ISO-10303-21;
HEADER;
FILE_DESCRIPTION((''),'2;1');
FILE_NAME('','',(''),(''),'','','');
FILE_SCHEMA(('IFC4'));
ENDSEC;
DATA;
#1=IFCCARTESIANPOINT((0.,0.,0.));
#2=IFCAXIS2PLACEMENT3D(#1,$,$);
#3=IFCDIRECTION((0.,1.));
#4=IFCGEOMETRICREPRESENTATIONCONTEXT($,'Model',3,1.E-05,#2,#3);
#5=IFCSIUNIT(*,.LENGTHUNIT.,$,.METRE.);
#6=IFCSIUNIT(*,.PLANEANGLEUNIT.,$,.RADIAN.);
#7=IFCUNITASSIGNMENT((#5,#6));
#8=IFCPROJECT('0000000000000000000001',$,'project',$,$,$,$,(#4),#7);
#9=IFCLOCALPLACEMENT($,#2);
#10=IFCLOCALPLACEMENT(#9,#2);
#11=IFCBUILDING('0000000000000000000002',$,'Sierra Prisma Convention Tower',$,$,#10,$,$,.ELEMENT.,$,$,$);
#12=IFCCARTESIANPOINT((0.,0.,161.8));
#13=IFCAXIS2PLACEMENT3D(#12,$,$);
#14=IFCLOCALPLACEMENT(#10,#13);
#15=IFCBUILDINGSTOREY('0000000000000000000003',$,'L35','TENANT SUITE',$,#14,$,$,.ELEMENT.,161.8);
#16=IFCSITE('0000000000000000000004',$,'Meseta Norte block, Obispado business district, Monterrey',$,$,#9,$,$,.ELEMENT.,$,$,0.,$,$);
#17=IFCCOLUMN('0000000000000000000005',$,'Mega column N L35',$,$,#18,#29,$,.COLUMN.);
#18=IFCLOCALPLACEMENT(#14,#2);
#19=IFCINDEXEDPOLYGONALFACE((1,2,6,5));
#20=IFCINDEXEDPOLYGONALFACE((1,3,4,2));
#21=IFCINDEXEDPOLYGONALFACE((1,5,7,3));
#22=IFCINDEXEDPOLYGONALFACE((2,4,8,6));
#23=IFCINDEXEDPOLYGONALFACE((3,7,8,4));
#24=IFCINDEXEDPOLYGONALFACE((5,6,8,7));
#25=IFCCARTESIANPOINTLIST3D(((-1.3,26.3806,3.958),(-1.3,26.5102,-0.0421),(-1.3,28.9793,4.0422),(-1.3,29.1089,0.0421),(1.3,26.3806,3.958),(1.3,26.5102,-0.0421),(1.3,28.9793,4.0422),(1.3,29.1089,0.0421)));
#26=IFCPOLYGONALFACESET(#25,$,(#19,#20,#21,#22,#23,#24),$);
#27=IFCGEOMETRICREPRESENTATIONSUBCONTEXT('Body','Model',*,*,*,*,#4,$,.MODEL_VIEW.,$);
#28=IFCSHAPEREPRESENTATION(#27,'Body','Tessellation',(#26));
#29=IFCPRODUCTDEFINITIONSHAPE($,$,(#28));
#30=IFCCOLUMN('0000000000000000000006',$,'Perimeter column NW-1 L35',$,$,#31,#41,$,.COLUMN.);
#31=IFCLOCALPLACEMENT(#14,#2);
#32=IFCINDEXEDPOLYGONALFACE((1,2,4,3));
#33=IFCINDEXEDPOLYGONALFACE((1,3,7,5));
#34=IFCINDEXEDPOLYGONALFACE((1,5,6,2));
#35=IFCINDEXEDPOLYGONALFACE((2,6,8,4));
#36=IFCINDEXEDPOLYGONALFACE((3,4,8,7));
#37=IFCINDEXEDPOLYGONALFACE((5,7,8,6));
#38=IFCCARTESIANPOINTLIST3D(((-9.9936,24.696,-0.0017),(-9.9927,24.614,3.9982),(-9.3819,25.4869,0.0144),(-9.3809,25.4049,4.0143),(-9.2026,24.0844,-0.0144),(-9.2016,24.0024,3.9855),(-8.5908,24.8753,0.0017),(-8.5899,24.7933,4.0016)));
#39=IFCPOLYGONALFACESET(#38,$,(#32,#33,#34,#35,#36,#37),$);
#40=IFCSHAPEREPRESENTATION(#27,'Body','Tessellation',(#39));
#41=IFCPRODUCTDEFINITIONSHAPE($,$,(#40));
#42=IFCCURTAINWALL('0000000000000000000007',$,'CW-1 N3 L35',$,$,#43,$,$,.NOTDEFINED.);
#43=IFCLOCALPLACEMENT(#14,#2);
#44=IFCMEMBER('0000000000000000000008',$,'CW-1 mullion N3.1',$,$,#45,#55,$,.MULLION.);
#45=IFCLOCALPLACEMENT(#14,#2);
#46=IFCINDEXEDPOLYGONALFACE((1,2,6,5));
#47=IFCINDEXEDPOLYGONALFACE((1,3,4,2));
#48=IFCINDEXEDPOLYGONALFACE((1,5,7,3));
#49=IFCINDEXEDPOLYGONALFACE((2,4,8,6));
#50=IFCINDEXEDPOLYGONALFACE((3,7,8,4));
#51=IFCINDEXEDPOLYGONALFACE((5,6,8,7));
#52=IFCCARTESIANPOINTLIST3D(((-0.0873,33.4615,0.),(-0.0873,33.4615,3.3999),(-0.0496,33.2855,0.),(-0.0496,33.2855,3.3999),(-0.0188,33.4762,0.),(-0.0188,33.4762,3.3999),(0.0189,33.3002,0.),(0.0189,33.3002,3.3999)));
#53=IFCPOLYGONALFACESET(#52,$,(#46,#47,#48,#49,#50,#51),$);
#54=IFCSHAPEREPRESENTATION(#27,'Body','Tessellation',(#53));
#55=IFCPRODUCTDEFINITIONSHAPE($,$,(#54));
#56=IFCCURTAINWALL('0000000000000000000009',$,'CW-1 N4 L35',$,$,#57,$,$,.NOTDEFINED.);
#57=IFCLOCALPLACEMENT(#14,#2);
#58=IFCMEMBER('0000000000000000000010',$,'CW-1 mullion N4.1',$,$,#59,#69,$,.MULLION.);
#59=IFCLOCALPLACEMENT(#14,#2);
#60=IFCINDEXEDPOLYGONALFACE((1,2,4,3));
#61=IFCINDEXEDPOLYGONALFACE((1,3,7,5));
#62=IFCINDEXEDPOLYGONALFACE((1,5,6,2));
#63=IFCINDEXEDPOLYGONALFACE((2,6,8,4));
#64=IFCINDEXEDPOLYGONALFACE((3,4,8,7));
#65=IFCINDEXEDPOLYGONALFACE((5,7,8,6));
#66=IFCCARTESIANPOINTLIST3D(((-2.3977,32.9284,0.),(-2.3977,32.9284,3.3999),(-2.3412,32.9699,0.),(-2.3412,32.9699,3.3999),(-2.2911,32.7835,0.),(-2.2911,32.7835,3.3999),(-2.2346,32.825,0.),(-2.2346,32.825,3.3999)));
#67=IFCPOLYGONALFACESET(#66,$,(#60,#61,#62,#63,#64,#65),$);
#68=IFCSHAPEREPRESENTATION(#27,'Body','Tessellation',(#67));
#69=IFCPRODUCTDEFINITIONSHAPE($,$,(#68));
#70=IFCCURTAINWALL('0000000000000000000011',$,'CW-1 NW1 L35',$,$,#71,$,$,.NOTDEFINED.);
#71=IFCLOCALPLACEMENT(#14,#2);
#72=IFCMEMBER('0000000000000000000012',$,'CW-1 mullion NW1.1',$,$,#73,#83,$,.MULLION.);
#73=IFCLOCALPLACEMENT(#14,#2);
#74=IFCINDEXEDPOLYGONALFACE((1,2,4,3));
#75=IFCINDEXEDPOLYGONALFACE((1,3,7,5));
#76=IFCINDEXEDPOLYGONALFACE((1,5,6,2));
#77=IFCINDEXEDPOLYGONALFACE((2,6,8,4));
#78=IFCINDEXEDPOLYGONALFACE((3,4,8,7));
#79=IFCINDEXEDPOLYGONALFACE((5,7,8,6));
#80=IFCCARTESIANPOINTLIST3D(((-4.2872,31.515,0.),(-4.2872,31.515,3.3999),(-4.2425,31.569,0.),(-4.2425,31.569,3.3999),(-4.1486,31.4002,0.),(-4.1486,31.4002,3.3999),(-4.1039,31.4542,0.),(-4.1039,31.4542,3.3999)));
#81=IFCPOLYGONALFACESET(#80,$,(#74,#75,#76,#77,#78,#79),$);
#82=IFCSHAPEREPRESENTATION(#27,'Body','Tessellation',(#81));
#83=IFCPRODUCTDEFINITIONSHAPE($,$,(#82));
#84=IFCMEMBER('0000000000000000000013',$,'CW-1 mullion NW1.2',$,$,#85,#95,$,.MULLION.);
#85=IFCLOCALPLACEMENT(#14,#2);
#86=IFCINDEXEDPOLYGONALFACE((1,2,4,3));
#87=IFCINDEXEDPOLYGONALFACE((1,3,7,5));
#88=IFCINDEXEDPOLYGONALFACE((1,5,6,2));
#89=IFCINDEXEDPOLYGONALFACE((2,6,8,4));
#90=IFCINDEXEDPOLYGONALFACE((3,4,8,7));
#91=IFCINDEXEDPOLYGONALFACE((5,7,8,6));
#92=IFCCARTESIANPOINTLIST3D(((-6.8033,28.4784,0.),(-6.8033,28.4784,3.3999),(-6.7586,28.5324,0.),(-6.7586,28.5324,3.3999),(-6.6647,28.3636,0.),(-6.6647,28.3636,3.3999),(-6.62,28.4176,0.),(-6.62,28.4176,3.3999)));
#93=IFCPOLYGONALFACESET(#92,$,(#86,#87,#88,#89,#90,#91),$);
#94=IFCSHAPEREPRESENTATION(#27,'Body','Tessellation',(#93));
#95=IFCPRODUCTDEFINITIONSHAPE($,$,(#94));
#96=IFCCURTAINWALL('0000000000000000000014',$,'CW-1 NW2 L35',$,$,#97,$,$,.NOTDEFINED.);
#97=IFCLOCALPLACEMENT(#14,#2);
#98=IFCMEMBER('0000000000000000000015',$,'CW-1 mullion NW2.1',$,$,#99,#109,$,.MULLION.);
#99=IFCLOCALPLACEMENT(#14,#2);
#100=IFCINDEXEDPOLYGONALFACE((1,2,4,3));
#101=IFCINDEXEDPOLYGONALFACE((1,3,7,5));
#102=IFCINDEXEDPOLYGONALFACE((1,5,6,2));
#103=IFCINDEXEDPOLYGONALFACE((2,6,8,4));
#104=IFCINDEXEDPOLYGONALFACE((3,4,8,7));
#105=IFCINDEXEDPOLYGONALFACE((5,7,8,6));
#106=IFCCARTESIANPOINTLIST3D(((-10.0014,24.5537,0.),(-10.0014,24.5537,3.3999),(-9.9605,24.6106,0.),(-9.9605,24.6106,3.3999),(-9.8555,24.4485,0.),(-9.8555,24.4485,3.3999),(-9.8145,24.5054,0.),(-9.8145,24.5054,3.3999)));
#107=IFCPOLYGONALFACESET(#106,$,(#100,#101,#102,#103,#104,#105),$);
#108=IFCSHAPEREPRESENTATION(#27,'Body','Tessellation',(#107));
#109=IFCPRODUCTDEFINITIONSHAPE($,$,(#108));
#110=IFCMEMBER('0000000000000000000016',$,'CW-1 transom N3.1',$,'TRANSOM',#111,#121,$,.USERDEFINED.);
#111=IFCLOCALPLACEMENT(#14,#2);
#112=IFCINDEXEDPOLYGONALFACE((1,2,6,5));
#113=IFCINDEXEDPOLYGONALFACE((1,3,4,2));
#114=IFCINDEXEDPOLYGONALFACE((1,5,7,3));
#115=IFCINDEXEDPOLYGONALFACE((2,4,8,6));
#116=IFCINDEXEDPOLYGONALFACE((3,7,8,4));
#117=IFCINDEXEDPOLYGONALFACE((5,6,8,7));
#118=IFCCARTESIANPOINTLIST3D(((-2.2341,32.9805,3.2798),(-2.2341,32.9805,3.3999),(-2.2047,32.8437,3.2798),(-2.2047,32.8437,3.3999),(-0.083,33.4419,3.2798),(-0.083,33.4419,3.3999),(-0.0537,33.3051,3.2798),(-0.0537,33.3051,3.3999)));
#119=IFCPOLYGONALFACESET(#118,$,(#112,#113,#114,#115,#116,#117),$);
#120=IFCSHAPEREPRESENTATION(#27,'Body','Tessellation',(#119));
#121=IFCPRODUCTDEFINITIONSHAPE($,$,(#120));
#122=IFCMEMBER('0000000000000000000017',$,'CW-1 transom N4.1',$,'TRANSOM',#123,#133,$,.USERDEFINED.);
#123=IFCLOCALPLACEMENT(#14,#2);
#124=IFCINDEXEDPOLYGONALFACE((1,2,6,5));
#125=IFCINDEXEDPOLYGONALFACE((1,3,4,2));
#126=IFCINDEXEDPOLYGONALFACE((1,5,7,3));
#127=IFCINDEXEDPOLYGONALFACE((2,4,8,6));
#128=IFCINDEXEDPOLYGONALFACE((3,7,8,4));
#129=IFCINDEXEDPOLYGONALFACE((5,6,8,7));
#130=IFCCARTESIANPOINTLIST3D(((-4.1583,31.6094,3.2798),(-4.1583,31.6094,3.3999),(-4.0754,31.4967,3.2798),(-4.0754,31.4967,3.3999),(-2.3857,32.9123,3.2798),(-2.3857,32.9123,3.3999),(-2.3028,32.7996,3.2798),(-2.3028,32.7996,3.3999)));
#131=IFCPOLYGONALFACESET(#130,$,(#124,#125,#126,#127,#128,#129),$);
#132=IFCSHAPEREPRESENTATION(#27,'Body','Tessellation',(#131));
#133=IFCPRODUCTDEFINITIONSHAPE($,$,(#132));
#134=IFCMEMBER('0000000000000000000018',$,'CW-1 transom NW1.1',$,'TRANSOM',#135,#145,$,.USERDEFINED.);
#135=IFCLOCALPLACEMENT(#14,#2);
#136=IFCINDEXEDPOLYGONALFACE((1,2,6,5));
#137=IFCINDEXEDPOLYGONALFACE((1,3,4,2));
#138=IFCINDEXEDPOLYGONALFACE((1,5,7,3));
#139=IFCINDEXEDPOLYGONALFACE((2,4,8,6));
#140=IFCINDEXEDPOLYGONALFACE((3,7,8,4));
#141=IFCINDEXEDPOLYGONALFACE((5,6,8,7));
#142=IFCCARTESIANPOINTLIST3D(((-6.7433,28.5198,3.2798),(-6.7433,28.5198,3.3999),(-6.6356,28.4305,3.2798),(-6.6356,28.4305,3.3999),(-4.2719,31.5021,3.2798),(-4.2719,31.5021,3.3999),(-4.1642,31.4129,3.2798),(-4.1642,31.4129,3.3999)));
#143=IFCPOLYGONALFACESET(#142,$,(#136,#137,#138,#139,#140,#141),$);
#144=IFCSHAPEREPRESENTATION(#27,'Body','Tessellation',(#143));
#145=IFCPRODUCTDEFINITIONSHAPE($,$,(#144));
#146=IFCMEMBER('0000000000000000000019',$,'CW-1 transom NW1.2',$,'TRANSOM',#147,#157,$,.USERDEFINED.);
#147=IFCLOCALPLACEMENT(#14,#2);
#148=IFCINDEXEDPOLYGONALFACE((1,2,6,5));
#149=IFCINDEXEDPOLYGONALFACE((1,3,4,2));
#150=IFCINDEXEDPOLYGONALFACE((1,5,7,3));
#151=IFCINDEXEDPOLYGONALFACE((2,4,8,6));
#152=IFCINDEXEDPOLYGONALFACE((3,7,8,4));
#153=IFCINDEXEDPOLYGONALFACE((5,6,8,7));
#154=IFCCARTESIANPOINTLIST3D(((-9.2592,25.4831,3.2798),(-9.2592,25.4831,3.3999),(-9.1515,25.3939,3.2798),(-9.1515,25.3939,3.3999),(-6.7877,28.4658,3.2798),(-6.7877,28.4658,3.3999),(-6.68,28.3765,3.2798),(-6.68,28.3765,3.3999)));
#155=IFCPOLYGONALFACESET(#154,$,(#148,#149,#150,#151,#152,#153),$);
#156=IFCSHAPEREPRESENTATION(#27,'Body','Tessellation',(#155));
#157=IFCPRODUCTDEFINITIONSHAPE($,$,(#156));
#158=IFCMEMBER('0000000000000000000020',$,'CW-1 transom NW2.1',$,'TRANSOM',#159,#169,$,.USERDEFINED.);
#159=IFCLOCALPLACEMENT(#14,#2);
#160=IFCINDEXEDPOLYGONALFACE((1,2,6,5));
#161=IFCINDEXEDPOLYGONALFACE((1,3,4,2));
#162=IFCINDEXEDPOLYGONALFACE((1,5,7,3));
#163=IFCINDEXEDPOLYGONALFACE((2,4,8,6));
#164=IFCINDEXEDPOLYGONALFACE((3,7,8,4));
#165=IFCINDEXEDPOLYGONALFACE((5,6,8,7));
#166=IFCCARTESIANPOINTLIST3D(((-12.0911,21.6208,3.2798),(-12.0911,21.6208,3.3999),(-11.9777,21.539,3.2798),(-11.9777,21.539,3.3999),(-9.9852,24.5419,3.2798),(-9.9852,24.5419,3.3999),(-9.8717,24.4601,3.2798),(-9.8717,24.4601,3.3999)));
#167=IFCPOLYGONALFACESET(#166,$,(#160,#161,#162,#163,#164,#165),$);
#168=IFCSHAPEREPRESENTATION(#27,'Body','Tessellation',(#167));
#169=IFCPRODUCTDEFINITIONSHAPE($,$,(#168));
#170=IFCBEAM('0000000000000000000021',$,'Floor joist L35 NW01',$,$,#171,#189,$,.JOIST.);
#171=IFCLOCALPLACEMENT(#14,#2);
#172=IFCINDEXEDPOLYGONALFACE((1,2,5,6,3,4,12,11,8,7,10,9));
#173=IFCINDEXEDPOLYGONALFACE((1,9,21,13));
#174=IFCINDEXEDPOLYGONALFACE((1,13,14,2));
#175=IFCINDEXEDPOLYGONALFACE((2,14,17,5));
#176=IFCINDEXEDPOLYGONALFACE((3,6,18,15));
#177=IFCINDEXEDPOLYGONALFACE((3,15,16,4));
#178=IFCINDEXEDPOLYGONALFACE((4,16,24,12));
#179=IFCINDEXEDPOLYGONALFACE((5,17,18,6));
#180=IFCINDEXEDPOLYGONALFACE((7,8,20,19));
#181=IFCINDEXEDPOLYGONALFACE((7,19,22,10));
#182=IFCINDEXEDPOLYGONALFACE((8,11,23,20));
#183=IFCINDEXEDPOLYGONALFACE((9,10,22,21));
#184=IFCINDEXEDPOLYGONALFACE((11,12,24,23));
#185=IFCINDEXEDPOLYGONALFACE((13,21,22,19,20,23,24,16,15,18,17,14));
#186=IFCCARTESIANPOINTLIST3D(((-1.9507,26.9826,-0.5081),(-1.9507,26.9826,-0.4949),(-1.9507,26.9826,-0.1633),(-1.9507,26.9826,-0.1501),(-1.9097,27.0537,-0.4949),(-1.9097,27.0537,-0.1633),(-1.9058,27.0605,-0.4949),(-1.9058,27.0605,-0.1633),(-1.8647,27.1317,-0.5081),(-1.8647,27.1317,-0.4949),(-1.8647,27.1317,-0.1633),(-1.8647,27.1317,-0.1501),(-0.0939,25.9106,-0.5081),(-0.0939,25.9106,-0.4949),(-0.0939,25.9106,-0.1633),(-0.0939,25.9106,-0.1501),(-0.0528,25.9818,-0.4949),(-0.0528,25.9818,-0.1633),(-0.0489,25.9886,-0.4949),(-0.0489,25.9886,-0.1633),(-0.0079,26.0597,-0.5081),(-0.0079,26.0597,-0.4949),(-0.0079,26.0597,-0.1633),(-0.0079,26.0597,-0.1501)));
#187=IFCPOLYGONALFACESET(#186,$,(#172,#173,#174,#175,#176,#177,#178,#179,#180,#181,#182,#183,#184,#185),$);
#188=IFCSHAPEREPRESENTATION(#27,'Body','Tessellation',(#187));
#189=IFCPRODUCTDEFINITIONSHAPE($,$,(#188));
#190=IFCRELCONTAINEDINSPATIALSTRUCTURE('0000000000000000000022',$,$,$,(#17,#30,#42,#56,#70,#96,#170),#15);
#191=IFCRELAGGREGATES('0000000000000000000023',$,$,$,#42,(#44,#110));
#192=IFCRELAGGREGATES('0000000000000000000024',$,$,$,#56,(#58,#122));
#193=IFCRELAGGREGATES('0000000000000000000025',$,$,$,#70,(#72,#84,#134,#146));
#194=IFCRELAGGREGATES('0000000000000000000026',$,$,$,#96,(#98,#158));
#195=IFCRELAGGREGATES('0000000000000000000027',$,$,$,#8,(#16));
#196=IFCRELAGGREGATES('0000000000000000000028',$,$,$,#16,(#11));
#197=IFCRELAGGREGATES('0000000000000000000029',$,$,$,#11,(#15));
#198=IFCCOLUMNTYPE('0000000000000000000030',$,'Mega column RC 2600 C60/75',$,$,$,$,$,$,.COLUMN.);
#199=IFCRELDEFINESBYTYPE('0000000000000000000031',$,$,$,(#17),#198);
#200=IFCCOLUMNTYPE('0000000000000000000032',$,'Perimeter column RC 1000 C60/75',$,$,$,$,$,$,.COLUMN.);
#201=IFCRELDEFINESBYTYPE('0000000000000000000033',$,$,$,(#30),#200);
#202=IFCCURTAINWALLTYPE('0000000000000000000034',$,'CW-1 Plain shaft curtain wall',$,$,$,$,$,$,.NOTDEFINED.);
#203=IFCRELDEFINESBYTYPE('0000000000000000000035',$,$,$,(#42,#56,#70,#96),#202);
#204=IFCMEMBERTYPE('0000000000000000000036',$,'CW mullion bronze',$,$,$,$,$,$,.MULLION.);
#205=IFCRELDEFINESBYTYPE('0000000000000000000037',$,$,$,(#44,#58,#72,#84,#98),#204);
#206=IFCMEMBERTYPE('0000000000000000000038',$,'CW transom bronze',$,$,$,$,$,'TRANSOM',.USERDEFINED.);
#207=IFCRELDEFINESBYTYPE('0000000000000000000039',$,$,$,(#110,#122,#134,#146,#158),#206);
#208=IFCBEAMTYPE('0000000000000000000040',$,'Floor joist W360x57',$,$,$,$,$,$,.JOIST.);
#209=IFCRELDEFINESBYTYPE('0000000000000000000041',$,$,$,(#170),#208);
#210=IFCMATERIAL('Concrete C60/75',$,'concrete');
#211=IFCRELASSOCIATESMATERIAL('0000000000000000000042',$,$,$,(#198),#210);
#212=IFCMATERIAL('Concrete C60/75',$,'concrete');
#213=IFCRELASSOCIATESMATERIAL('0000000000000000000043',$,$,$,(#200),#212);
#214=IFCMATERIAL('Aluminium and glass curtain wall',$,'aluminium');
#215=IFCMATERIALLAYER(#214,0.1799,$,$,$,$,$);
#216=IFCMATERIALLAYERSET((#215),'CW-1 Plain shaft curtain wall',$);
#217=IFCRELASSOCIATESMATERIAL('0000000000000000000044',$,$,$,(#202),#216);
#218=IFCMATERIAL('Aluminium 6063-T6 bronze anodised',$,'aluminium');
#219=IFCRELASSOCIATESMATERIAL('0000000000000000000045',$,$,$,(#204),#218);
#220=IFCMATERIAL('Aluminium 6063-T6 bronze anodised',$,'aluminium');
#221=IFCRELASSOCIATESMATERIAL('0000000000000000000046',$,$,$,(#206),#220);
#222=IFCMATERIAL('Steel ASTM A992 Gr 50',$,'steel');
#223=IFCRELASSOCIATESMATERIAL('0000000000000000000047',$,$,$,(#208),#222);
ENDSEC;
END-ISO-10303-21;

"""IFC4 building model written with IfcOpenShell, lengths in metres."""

from ifc_helpers import new_model, si_unit, direction, frame, origin, origin_2d, place, context, subcontext, project, spatial, rectangle, i_section, extrude, material, layer, layer_set, material_profile, profile_set, type_object, element, aggregate, save


model = new_model("IFC4")

# Units and contexts
model_context = context("Model", 3, precision=1e-05, world=origin(), true_north=direction((0.0, 1.0)))
body_context = subcontext(model_context, "Body", "Model", "MODEL_VIEW")
ifc_project = project(units=[si_unit("LENGTHUNIT", "METRE"), si_unit("PLANEANGLEUNIT", "RADIAN")], contexts=[model_context])

# Site, building, storey
site_placement = place(None, origin())
site = spatial("IfcSite", under=ifc_project, at=site_placement, Name="Meseta Norte block, Obispado business district, Monterrey", CompositionType="ELEMENT", RefElevation=0.0)
building_placement = place(site_placement, origin())
building = spatial("IfcBuilding", under=site, at=building_placement, Name="Sierra Prisma Convention Tower", CompositionType="ELEMENT")
storey_placement = place(building_placement, frame((0.0, 0.0, 161.8)))
storey = spatial("IfcBuildingStorey", under=building, at=storey_placement, Name="L35", Description="TENANT SUITE", CompositionType="ELEMENT", Elevation=161.8)

# Columns
ifc_material_1 = material(Name="Concrete C60/75", Category="concrete")
ifc_material_profile_1 = material_profile(ifc_material_1, rectangle(XDim=2.6001, YDim=2.6001, at=origin_2d()), Name="Mega column RC 2600 C60/75")
ifc_profile_set_1 = profile_set([ifc_material_profile_1], Name="Concrete C60/75")
column_type_1 = type_object("IfcColumnType", Name="Mega column RC 2600 C60/75", PredefinedType="COLUMN", material=ifc_profile_set_1)
column_1_placement = place(storey_placement, frame((0.0, 27.8096, 0.0), z_axis=(0.0, -0.032393, 0.999475), x_axis=(1.0, 0.0, 0.0)))
element("IfcColumn", 1, at=column_1_placement, inside=storey, type_object=column_type_1, Name="Mega column N L35", PredefinedType="COLUMN", context=body_context, shape_type="SweptSolid", body=[
    extrude(rectangle(XDim=2.6001, YDim=2.6001, at=origin_2d()), origin(), (0.0, 0.0, 1.0), 4.0022),
])
ifc_material_2 = material(Name="Concrete C60/75", Category="concrete")
ifc_material_profile_2 = material_profile(ifc_material_2, rectangle(XDim=1.0, YDim=1.0, at=origin_2d()), Name="Perimeter column RC 1000 C60/75")
ifc_profile_set_2 = profile_set([ifc_material_profile_2], Name="Concrete C60/75")
column_type_2 = type_object("IfcColumnType", Name="Perimeter column RC 1000 C60/75", PredefinedType="COLUMN", material=ifc_profile_set_2)
column_2_placement = place(storey_placement, frame((-9.2922, 24.7856, 0.0), z_axis=(0.000244, -0.020504, 0.99979), x_axis=(0.611751, 0.790887, 0.01607)))
element("IfcColumn", 2, at=column_2_placement, inside=storey, type_object=column_type_2, Name="Perimeter column NW-1 L35", PredefinedType="COLUMN", context=body_context, shape_type="SweptSolid", body=[
    extrude(rectangle(XDim=1.0, YDim=1.0, at=origin_2d()), origin(), (0.0, 0.0, 1.0), 4.0007),
])

# Curtain walls, members
ifc_material_3 = material(Name="Aluminium and glass curtain wall", Category="aluminium")
ifc_layer_1 = layer(ifc_material_3, 0.1799)
ifc_layer_set_1 = layer_set([ifc_layer_1], Name="CW-1 Plain shaft curtain wall")
curtain_wall_type = type_object("IfcCurtainWallType", Name="CW-1 Plain shaft curtain wall", PredefinedType="NOTDEFINED", material=ifc_layer_set_1)
curtain_wall_1_placement = place(storey_placement, origin())
curtain_wall_1 = element("IfcCurtainWall", 3, at=curtain_wall_1_placement, inside=storey, type_object=curtain_wall_type, Name="CW-1 N3 L35", PredefinedType="NOTDEFINED")
ifc_material_4 = material(Name="Aluminium 6063-T6 bronze anodised", Category="aluminium")
ifc_material_profile_3 = material_profile(ifc_material_4, rectangle(XDim=0.1799, YDim=0.0701, at=origin_2d()), Name="ALU MULLION 70x180")
ifc_profile_set_3 = profile_set([ifc_material_profile_3], Name="Aluminium 6063-T6 bronze anodised")
member_type_1 = type_object("IfcMemberType", Name="CW mullion bronze", PredefinedType="MULLION", material=ifc_profile_set_3)
member_1_placement = place(storey_placement, frame((-0.0342, 33.3809, 0.0), z_axis=(0.0, 0.0, 1.0), x_axis=(0.209728, -0.97776, 0.0)))
member_1 = element("IfcMember", 4, at=member_1_placement, type_object=member_type_1, Name="CW-1 mullion N3.1", PredefinedType="MULLION", context=body_context, shape_type="SweptSolid", body=[
    extrude(rectangle(XDim=0.1799, YDim=0.0701, at=origin_2d()), origin(), (0.0, 0.0, 1.0), 3.3999),
])
curtain_wall_2_placement = place(storey_placement, origin())
curtain_wall_2 = element("IfcCurtainWall", 5, at=curtain_wall_2_placement, inside=storey, type_object=curtain_wall_type, Name="CW-1 N4 L35", PredefinedType="NOTDEFINED")
member_2_placement = place(storey_placement, frame((-2.3162, 32.8767, 0.0), z_axis=(0.0, 0.0, 1.0), x_axis=(0.592284, -0.805729, 0.0)))
member_2 = element("IfcMember", 6, at=member_2_placement, type_object=member_type_1, Name="CW-1 mullion N4.1", PredefinedType="MULLION", context=body_context, shape_type="SweptSolid", body=[
    extrude(rectangle(XDim=0.1799, YDim=0.0701, at=origin_2d()), origin(), (0.0, 0.0, 1.0), 3.3999),
])

# Curtain wall, members
curtain_wall_3_placement = place(storey_placement, origin())
curtain_wall_3 = element("IfcCurtainWall", 7, at=curtain_wall_3_placement, inside=storey, type_object=curtain_wall_type, Name="CW-1 NW1 L35", PredefinedType="NOTDEFINED")
member_3_placement = place(storey_placement, frame((-4.1956, 31.4846, 0.0), z_axis=(0.0, 0.0, 1.0), x_axis=(0.770009, -0.638033, 0.0)))
member_3 = element("IfcMember", 8, at=member_3_placement, type_object=member_type_1, Name="CW-1 mullion NW1.1", PredefinedType="MULLION", context=body_context, shape_type="SweptSolid", body=[
    extrude(rectangle(XDim=0.1799, YDim=0.0701, at=origin_2d()), origin(), (0.0, 0.0, 1.0), 3.3999),
])
member_4_placement = place(storey_placement, frame((-6.7117, 28.448, 0.0), z_axis=(0.0, 0.0, 1.0), x_axis=(0.770009, -0.638033, 0.0)))
member_4 = element("IfcMember", 9, at=member_4_placement, type_object=member_type_1, Name="CW-1 mullion NW1.2", PredefinedType="MULLION", context=body_context, shape_type="SweptSolid", body=[
    extrude(rectangle(XDim=0.1799, YDim=0.0701, at=origin_2d()), origin(), (0.0, 0.0, 1.0), 3.3999),
])

# Curtain wall, member
curtain_wall_4_placement = place(storey_placement, origin())
curtain_wall_4 = element("IfcCurtainWall", 10, at=curtain_wall_4_placement, inside=storey, type_object=curtain_wall_type, Name="CW-1 NW2 L35", PredefinedType="NOTDEFINED")
member_5_placement = place(storey_placement, frame((-9.908, 24.5295, 0.0), z_axis=(0.0, 0.0, 1.0), x_axis=(0.811195, -0.584776, 0.0)))
member_5 = element("IfcMember", 11, at=member_5_placement, type_object=member_type_1, Name="CW-1 mullion NW2.1", PredefinedType="MULLION", context=body_context, shape_type="SweptSolid", body=[
    extrude(rectangle(XDim=0.1799, YDim=0.0701, at=origin_2d()), origin(), (0.0, 0.0, 1.0), 3.3999),
])

# Members
ifc_material_5 = material(Name="Aluminium 6063-T6 bronze anodised", Category="aluminium")
ifc_material_profile_4 = material_profile(ifc_material_5, rectangle(XDim=0.1399, YDim=0.1201, at=origin_2d()), Name="ALU TRANSOM 120x140")
ifc_profile_set_4 = profile_set([ifc_material_profile_4], Name="Aluminium 6063-T6 bronze anodised")
member_type_2 = type_object("IfcMemberType", Name="CW transom bronze", ElementType="TRANSOM", PredefinedType="USERDEFINED", material=ifc_profile_set_4)
member_6_placement = place(storey_placement, frame((-0.0684, 33.3735, 3.3398), z_axis=(-0.977759, -0.209734, 0.0), x_axis=(0.209734, -0.977759, 0.0)))
member_6 = element("IfcMember", 12, at=member_6_placement, type_object=member_type_2, Name="CW-1 transom N3.1", ObjectType="TRANSOM", PredefinedType="USERDEFINED", context=body_context, shape_type="SweptSolid", body=[
    extrude(rectangle(XDim=0.1399, YDim=0.1201, at=origin_2d()), origin(), (0.0, 0.0, 1.0), 2.2),
])
member_7_placement = place(storey_placement, frame((-2.3442, 32.856, 3.3398), z_axis=(-0.805755, -0.592249, 0.0), x_axis=(0.592249, -0.805755, 0.0)))
member_7 = element("IfcMember", 13, at=member_7_placement, type_object=member_type_2, Name="CW-1 transom N4.1", ObjectType="TRANSOM", PredefinedType="USERDEFINED", context=body_context, shape_type="SweptSolid", body=[
    extrude(rectangle(XDim=0.1399, YDim=0.1201, at=origin_2d()), origin(), (0.0, 0.0, 1.0), 2.2),
])
member_8_placement = place(storey_placement, frame((-4.218, 31.4575, 3.3398), z_axis=(-0.638062, -0.769985, 0.0), x_axis=(0.769985, -0.638062, 0.0)))
member_8 = element("IfcMember", 14, at=member_8_placement, type_object=member_type_2, Name="CW-1 transom NW1.1", ObjectType="TRANSOM", PredefinedType="USERDEFINED", context=body_context, shape_type="SweptSolid", body=[
    extrude(rectangle(XDim=0.1399, YDim=0.1201, at=origin_2d()), origin(), (0.0, 0.0, 1.0), 3.8733),
])
member_9_placement = place(storey_placement, frame((-6.7339, 28.4211, 3.3398), z_axis=(-0.638031, -0.770011, 0.0), x_axis=(0.770011, -0.638031, 0.0)))
member_9 = element("IfcMember", 15, at=member_9_placement, type_object=member_type_2, Name="CW-1 transom NW1.2", ObjectType="TRANSOM", PredefinedType="USERDEFINED", context=body_context, shape_type="SweptSolid", body=[
    extrude(rectangle(XDim=0.1399, YDim=0.1201, at=origin_2d()), origin(), (0.0, 0.0, 1.0), 3.8735),
])
member_10_placement = place(storey_placement, frame((-9.9285, 24.501, 3.3398), z_axis=(-0.584805, -0.811174, 0.0), x_axis=(0.811174, -0.584805, 0.0)))
member_10 = element("IfcMember", 16, at=member_10_placement, type_object=member_type_2, Name="CW-1 transom NW2.1", ObjectType="TRANSOM", PredefinedType="USERDEFINED", context=body_context, shape_type="SweptSolid", body=[
    extrude(rectangle(XDim=0.1399, YDim=0.1201, at=origin_2d()), origin(), (0.0, 0.0, 1.0), 3.6011),
])

# Beam
ifc_material_6 = material(Name="Steel ASTM A992 Gr 50", Category="steel")
ifc_material_profile_5 = material_profile(ifc_material_6, i_section(OverallWidth=0.1721, OverallDepth=0.3579, WebThickness=0.0078, FlangeThickness=0.0132, at=origin_2d()), Name="W360x57")
ifc_profile_set_5 = profile_set([ifc_material_profile_5], Name="Steel ASTM A992 Gr 50")
beam_type_1 = type_object("IfcBeamType", Name="Floor joist W360x57", PredefinedType="JOIST", material=ifc_profile_set_5)
beam_1_placement = place(storey_placement, frame((-1.9077, 27.0571, -0.3291), z_axis=(0.866041, -0.499972, 0.0), x_axis=(0.499972, 0.866041, 0.0)))
element("IfcBeam", 17, at=beam_1_placement, inside=storey, type_object=beam_type_1, Name="Floor joist L35 NW01", PredefinedType="JOIST", context=body_context, shape_type="SweptSolid", body=[
    extrude(i_section(OverallWidth=0.1721, OverallDepth=0.3579, WebThickness=0.0078, FlangeThickness=0.0132, at=origin_2d()), origin(), (0.0, 0.0, 1.0), 2.144),
])

aggregate(curtain_wall_1, [member_1, member_6])
aggregate(curtain_wall_2, [member_2, member_7])
aggregate(curtain_wall_3, [member_3, member_4, member_8, member_9])
aggregate(curtain_wall_4, [member_5, member_10])

save(model, "model.ifc")
